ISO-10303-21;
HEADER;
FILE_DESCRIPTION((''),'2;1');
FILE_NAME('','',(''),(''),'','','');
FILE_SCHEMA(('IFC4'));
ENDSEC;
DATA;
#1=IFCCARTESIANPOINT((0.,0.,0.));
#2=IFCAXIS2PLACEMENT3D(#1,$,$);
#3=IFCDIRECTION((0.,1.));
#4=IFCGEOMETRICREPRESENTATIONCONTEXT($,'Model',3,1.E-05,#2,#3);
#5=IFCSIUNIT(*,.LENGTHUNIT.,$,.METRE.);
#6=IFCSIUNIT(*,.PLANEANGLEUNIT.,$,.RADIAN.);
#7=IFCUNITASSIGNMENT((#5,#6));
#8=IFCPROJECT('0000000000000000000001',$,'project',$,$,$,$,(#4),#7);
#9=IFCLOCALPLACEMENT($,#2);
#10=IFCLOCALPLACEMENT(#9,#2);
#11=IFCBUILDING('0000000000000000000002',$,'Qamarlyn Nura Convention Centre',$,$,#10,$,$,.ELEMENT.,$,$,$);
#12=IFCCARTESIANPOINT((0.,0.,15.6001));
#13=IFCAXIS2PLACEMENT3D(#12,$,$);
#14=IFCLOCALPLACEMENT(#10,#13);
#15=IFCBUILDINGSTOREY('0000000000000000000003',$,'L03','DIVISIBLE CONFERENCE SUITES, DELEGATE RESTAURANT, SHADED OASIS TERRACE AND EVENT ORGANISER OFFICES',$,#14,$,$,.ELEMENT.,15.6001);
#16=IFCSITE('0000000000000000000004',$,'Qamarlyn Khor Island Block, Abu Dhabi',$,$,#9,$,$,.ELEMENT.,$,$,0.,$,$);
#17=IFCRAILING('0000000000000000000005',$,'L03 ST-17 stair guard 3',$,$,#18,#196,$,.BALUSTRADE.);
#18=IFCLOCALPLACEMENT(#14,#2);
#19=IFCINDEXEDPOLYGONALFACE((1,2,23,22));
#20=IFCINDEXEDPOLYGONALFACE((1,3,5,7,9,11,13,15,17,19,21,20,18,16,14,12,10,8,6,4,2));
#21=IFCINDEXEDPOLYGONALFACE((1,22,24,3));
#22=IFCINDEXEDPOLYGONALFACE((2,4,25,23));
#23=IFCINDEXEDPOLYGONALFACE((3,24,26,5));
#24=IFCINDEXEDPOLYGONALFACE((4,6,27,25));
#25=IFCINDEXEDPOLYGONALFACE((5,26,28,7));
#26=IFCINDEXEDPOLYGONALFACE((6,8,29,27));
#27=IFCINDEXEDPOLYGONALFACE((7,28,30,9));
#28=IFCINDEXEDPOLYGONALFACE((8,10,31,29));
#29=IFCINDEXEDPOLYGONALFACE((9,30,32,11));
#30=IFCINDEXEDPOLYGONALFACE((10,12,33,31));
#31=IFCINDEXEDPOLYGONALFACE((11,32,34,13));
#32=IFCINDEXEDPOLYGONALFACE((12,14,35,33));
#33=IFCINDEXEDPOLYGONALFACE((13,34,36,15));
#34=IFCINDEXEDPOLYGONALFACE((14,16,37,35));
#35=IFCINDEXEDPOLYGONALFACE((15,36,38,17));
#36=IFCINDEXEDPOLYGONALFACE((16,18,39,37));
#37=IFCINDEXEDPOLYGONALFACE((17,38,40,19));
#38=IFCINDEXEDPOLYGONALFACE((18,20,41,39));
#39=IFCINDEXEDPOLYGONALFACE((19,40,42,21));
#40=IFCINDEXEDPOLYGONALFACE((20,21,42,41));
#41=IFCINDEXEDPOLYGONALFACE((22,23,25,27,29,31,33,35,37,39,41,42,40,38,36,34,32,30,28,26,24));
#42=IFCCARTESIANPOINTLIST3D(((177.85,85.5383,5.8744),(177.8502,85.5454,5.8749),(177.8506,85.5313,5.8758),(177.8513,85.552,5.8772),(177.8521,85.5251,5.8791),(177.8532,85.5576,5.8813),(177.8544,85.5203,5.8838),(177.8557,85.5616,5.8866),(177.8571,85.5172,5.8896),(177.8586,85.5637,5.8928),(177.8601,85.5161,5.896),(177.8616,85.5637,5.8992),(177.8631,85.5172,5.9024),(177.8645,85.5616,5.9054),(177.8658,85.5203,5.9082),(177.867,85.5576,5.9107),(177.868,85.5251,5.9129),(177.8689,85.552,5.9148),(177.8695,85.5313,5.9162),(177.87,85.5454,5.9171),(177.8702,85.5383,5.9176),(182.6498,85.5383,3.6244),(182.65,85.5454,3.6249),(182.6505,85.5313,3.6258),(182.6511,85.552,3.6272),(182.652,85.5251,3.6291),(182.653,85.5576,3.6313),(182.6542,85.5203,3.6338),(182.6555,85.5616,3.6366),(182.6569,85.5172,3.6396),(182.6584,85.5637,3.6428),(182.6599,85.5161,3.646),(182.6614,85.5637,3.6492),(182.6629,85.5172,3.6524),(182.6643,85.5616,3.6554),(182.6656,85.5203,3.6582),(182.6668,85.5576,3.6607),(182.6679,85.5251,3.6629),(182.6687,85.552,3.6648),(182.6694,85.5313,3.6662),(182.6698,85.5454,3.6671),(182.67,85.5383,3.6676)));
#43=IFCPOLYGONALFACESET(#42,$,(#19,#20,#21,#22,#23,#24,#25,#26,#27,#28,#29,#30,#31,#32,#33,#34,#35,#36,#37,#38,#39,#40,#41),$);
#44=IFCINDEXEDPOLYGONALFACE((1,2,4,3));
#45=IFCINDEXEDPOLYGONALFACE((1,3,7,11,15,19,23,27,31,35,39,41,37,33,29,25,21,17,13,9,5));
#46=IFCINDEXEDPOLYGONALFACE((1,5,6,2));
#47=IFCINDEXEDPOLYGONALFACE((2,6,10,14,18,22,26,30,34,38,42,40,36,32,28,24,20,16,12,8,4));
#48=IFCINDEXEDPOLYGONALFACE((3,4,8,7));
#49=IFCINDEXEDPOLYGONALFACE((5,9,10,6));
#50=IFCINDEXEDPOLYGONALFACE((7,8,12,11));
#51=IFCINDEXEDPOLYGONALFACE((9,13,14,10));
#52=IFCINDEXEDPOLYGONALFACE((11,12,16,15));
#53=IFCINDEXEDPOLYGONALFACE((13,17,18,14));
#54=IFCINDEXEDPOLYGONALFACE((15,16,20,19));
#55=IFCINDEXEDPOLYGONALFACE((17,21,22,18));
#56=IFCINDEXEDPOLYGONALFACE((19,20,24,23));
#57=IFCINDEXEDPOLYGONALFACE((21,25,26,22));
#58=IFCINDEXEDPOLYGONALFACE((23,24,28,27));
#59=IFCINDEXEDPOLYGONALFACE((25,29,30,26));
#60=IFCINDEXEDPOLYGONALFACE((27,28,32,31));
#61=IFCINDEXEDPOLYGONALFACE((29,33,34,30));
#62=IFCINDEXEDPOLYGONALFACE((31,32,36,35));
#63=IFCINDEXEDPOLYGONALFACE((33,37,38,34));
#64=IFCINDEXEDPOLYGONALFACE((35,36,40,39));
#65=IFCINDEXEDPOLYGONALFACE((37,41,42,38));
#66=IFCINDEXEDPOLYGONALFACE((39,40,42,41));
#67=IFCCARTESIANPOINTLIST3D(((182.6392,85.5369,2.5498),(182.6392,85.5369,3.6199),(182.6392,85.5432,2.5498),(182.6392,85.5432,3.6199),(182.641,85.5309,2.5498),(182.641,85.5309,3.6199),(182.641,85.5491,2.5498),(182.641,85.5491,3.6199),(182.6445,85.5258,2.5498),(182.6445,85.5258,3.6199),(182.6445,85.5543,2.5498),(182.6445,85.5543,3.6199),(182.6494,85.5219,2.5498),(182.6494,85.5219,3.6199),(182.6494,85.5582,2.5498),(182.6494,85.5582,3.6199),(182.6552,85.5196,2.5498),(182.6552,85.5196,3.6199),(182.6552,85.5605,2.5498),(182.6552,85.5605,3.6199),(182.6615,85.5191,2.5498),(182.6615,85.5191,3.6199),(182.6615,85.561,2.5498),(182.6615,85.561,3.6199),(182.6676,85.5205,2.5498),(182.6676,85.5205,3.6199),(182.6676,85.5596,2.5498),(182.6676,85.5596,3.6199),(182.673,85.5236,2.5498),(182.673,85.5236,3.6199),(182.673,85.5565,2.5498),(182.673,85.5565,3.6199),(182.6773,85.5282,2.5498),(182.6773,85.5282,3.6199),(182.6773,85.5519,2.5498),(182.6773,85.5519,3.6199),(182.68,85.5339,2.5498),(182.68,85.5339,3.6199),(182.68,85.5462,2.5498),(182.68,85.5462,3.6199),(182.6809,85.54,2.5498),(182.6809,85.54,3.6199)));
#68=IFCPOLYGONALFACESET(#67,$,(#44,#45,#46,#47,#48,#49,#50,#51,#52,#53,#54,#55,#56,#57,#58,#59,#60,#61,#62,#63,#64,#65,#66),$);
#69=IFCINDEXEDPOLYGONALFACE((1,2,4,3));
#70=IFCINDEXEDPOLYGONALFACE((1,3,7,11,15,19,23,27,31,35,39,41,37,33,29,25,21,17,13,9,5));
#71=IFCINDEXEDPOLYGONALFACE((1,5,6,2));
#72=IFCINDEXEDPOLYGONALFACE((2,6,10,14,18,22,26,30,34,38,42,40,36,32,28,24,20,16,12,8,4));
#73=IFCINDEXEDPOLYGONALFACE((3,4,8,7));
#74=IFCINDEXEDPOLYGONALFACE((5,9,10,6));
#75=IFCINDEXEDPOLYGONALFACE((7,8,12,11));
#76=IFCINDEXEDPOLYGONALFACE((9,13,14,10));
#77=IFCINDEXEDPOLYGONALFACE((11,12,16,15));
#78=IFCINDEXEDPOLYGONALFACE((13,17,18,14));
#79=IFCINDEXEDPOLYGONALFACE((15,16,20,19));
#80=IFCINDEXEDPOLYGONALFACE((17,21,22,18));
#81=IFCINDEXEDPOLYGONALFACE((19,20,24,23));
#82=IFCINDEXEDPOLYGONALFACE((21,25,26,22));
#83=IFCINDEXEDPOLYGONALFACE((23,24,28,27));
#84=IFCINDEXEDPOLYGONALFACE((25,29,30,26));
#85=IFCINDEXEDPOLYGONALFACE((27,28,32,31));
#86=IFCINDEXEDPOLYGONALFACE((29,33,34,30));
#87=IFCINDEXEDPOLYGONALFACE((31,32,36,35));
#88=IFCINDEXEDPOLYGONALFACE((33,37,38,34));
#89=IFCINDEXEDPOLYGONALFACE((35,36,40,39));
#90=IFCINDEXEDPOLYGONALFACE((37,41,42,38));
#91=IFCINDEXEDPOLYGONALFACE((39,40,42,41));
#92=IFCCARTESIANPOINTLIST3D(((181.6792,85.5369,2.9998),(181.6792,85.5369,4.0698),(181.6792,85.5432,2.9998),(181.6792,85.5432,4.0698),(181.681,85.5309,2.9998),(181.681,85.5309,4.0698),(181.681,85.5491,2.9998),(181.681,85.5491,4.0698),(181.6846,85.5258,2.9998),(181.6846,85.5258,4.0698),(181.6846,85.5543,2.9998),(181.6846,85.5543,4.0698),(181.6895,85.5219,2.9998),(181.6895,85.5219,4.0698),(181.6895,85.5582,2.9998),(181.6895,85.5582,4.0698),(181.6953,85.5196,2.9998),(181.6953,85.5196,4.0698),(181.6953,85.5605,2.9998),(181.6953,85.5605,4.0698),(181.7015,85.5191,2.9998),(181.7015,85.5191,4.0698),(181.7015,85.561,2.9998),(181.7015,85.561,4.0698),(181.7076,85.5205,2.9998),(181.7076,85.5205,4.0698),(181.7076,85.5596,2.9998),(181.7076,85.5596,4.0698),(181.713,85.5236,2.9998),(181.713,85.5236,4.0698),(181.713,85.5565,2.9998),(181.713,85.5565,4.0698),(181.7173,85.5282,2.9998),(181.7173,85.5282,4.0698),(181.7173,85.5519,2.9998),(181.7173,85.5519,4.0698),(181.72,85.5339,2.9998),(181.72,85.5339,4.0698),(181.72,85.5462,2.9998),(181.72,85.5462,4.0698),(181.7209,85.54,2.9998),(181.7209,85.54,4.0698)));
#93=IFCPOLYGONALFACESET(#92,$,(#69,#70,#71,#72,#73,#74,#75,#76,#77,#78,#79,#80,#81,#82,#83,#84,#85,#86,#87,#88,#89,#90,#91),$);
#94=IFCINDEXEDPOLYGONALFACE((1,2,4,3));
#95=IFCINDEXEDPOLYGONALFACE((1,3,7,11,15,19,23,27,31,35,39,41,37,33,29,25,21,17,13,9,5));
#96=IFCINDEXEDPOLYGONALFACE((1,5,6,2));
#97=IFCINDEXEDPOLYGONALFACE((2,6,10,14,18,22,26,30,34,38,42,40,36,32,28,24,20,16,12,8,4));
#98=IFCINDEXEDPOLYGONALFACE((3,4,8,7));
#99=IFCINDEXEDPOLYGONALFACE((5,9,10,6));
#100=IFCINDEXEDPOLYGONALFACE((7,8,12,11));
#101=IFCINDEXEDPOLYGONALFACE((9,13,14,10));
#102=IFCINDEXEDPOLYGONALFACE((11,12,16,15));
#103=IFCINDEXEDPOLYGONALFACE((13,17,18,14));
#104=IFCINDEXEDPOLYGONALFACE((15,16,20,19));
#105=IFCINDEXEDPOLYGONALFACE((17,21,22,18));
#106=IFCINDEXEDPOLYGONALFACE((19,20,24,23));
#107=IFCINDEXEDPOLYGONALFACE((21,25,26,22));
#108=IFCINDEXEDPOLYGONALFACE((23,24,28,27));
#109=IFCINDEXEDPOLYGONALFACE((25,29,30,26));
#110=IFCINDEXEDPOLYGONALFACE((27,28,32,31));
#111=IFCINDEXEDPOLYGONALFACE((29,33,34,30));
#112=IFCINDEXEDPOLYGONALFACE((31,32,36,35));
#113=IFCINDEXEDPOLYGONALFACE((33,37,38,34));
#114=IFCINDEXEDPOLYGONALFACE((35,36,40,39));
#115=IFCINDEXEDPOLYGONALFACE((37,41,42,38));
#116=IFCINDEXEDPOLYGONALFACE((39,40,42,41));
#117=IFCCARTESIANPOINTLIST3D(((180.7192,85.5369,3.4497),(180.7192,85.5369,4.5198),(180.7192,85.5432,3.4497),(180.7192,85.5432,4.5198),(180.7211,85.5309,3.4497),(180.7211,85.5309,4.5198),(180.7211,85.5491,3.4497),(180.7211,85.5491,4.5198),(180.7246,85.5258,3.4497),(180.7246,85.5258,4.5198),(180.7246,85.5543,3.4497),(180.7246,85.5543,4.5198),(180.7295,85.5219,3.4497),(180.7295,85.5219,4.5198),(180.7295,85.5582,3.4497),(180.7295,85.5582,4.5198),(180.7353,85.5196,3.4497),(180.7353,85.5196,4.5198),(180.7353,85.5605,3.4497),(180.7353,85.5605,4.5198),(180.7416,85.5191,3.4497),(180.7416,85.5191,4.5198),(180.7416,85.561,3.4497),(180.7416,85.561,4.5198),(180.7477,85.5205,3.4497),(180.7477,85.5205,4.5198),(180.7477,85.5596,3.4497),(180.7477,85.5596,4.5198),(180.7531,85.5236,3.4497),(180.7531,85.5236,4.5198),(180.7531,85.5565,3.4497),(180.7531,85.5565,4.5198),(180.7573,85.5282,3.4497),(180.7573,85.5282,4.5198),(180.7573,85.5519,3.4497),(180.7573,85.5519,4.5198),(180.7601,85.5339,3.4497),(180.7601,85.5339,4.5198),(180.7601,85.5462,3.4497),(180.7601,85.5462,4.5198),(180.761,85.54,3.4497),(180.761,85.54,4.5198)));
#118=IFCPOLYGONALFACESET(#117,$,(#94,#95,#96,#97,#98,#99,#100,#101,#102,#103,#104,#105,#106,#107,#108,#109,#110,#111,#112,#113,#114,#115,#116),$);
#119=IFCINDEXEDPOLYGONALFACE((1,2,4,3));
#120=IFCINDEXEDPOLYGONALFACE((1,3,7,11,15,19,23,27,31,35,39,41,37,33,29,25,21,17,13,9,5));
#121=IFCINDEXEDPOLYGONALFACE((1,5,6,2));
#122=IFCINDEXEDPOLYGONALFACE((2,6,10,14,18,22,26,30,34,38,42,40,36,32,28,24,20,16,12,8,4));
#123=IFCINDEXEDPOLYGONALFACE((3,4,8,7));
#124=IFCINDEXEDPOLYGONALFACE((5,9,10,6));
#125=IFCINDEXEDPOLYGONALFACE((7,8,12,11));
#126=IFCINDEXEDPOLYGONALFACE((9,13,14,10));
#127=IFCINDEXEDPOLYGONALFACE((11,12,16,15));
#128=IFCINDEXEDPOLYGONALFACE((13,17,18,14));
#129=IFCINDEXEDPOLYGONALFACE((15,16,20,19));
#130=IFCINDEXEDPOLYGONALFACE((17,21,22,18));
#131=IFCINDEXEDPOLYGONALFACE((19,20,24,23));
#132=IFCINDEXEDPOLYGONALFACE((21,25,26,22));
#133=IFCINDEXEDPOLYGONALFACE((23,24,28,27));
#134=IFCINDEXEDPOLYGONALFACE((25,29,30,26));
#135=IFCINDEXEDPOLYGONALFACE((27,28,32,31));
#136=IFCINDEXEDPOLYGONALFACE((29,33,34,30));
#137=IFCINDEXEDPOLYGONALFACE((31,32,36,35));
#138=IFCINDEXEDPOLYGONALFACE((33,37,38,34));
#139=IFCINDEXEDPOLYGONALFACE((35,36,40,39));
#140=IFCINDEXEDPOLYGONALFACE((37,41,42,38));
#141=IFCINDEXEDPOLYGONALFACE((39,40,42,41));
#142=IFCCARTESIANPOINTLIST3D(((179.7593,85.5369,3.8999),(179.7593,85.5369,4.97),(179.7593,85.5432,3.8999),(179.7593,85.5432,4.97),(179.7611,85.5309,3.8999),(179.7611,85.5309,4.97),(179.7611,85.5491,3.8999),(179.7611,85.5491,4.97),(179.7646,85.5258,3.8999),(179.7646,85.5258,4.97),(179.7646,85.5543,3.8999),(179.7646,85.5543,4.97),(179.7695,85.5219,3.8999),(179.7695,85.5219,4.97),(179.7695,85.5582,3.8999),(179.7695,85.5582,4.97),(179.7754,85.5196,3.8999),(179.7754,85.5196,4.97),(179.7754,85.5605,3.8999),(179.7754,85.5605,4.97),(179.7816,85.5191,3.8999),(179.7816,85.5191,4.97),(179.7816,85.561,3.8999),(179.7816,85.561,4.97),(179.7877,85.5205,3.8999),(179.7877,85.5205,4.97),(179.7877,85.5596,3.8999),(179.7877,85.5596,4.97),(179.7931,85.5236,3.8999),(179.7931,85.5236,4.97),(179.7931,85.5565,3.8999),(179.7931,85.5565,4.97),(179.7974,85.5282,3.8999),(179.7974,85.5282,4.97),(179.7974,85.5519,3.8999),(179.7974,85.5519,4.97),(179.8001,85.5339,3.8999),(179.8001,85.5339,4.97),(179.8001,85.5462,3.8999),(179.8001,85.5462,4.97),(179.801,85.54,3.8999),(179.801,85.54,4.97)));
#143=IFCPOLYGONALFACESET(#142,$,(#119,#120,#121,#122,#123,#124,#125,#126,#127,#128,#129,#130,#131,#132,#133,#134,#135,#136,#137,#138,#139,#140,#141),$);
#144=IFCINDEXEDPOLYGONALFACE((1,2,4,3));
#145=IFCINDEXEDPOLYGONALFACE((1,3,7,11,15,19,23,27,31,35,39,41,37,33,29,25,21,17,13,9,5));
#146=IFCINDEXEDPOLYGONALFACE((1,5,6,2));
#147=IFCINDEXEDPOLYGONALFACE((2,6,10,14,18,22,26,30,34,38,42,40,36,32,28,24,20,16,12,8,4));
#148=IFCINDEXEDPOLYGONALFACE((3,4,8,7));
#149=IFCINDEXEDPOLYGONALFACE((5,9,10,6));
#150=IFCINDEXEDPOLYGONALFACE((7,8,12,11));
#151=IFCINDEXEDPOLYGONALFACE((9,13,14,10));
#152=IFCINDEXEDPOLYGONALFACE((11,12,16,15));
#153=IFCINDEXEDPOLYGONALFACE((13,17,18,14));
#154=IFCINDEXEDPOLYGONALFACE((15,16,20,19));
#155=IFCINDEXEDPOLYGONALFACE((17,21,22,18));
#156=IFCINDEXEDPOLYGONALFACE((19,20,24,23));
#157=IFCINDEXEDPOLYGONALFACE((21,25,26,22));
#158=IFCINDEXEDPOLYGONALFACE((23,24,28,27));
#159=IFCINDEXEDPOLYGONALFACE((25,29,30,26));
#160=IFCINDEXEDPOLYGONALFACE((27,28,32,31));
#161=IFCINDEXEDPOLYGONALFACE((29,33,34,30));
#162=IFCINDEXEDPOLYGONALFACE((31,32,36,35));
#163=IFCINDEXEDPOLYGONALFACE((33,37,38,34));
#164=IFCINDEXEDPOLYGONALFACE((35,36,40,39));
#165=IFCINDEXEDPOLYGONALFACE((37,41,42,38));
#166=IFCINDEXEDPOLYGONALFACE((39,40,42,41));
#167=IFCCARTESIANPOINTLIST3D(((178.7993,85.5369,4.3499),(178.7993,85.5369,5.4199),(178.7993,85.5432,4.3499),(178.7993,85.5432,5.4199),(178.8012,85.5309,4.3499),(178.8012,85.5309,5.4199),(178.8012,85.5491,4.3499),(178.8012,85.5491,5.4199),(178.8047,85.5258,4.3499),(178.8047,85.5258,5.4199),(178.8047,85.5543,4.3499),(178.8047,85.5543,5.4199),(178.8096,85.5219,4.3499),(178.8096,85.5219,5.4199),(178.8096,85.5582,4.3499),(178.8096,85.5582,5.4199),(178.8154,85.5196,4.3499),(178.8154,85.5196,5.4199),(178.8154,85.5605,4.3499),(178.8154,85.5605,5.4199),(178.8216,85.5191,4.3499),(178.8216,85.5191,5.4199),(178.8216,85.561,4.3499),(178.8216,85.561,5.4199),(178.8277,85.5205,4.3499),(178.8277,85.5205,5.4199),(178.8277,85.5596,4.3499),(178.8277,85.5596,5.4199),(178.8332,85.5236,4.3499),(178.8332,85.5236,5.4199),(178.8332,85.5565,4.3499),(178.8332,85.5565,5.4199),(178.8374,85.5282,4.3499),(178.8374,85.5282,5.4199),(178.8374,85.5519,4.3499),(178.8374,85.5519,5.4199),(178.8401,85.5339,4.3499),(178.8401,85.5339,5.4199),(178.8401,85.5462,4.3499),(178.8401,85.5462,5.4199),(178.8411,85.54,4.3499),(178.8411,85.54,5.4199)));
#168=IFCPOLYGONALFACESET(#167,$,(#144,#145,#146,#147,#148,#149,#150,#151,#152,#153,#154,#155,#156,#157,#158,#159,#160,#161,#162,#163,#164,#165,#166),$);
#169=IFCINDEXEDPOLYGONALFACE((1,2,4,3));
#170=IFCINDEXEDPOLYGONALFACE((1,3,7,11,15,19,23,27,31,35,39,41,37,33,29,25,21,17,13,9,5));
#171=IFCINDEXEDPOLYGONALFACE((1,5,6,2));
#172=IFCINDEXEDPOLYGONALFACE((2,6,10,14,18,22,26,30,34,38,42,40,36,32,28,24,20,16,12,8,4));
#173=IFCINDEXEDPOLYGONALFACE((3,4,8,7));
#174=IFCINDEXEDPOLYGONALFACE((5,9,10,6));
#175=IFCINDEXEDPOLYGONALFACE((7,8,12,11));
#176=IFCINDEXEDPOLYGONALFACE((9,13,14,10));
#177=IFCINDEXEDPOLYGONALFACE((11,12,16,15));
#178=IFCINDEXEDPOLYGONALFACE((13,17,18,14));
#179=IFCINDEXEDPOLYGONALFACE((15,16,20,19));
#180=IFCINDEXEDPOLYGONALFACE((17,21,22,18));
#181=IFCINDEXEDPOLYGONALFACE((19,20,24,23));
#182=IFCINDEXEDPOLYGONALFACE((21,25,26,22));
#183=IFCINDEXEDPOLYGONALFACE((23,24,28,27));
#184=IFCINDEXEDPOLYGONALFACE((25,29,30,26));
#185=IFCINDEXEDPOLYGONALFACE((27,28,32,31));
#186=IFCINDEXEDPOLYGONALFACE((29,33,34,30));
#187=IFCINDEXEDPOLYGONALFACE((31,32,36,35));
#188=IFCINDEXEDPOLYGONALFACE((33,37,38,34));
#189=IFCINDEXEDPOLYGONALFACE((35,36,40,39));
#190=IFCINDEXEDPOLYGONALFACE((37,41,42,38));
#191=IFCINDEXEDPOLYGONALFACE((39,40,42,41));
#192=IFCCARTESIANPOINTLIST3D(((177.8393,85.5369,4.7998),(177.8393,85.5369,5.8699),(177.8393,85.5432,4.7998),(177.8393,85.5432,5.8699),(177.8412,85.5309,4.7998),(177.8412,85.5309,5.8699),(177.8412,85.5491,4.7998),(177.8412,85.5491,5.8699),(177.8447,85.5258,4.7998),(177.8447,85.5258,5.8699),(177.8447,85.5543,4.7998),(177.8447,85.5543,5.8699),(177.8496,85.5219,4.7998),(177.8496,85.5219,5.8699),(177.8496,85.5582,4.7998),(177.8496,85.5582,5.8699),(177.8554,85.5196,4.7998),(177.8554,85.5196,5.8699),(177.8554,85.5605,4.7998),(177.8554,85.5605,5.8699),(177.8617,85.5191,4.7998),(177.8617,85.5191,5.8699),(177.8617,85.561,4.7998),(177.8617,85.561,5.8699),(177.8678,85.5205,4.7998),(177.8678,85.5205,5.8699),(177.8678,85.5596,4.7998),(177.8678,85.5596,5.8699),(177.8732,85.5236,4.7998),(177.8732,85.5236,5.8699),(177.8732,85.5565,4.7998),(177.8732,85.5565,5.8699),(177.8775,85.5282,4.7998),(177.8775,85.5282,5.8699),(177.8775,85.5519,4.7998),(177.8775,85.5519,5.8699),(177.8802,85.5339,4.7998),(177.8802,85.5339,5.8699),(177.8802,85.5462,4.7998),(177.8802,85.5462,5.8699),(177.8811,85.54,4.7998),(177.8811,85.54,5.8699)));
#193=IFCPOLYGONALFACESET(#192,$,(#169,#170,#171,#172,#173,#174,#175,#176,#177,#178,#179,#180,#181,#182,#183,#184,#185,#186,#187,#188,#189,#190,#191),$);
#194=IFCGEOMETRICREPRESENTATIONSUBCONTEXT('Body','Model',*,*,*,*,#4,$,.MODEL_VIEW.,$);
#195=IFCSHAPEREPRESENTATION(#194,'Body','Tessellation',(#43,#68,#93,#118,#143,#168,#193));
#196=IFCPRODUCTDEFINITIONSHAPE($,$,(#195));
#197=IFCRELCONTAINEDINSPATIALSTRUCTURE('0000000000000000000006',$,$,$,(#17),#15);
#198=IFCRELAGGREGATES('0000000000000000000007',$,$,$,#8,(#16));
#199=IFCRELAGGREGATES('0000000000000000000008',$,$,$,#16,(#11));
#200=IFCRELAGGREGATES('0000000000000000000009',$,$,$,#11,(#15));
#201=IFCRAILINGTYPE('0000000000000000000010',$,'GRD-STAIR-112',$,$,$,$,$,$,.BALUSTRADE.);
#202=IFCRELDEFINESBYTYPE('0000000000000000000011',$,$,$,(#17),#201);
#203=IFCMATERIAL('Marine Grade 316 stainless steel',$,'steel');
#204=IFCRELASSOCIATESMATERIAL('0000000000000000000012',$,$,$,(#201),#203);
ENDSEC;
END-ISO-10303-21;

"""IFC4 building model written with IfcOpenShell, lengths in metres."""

from ifc_helpers import new_model, si_unit, direction, frame, origin, origin_2d, place, context, subcontext, project, spatial, circle, extrude, material, type_object, element, save


model = new_model("IFC4")

# Units and contexts
model_context = context("Model", 3, precision=1e-05, world=origin(), true_north=direction((0.0, 1.0)))
body_context = subcontext(model_context, "Body", "Model", "MODEL_VIEW")
ifc_project = project(units=[si_unit("LENGTHUNIT", "METRE"), si_unit("PLANEANGLEUNIT", "RADIAN")], contexts=[model_context])

# Site, building, storey
site_placement = place(None, origin())
site = spatial("IfcSite", under=ifc_project, at=site_placement, Name="Qamarlyn Khor Island Block, Abu Dhabi", CompositionType="ELEMENT", RefElevation=0.0)
building_placement = place(site_placement, origin())
building = spatial("IfcBuilding", under=site, at=building_placement, Name="Qamarlyn Nura Convention Centre", CompositionType="ELEMENT")
storey_placement = place(building_placement, frame((0.0, 0.0, 15.6001)))
storey = spatial("IfcBuildingStorey", under=building, at=storey_placement, Name="L03", Description="DIVISIBLE CONFERENCE SUITES, DELEGATE RESTAURANT, SHADED OASIS TERRACE AND EVENT ORGANISER OFFICES", CompositionType="ELEMENT", Elevation=15.6001)

# Railing
ifc_material_1 = material(Name="Marine Grade 316 stainless steel", Category="steel")
railing_type_1 = type_object("IfcRailingType", Name="GRD-STAIR-112", PredefinedType="BALUSTRADE", material=ifc_material_1)
railing_1_placement = place(storey_placement, frame((182.6599, 85.54, 2.5498)))
element("IfcRailing", 1, at=railing_1_placement, inside=storey, type_object=railing_type_1, Name="L03 ST-17 stair guard 3", PredefinedType="BALUSTRADE", context=body_context, shape_type="SweptSolid", body=[
    extrude(circle(Radius=0.0239, at=origin_2d()), frame((0.0, 0.0, 1.0962), z_axis=(-0.905452, 0.0, 0.424448), x_axis=(0.0, -1.0, 0.0)), (0.0, 0.0, 1.0), 5.301),
    extrude(circle(Radius=0.021, at=origin_2d()), origin(), (0.0, 0.0, 1.0), 1.0701),
    extrude(circle(Radius=0.021, at=origin_2d()), frame((-0.96, 0.0, 0.45)), (0.0, 0.0, 1.0), 1.0701),
    extrude(circle(Radius=0.021, at=origin_2d()), frame((-1.9199, 0.0, 0.8999)), (0.0, 0.0, 1.0), 1.0701),
    extrude(circle(Radius=0.021, at=origin_2d()), frame((-2.8799, 0.0, 1.3501)), (0.0, 0.0, 1.0), 1.0701),
    extrude(circle(Radius=0.021, at=origin_2d()), frame((-3.8398, 0.0, 1.8)), (0.0, 0.0, 1.0), 1.0701),
    extrude(circle(Radius=0.021, at=origin_2d()), frame((-4.7998, 0.0, 2.25)), (0.0, 0.0, 1.0), 1.0701),
])

save(model, "model.ifc")
